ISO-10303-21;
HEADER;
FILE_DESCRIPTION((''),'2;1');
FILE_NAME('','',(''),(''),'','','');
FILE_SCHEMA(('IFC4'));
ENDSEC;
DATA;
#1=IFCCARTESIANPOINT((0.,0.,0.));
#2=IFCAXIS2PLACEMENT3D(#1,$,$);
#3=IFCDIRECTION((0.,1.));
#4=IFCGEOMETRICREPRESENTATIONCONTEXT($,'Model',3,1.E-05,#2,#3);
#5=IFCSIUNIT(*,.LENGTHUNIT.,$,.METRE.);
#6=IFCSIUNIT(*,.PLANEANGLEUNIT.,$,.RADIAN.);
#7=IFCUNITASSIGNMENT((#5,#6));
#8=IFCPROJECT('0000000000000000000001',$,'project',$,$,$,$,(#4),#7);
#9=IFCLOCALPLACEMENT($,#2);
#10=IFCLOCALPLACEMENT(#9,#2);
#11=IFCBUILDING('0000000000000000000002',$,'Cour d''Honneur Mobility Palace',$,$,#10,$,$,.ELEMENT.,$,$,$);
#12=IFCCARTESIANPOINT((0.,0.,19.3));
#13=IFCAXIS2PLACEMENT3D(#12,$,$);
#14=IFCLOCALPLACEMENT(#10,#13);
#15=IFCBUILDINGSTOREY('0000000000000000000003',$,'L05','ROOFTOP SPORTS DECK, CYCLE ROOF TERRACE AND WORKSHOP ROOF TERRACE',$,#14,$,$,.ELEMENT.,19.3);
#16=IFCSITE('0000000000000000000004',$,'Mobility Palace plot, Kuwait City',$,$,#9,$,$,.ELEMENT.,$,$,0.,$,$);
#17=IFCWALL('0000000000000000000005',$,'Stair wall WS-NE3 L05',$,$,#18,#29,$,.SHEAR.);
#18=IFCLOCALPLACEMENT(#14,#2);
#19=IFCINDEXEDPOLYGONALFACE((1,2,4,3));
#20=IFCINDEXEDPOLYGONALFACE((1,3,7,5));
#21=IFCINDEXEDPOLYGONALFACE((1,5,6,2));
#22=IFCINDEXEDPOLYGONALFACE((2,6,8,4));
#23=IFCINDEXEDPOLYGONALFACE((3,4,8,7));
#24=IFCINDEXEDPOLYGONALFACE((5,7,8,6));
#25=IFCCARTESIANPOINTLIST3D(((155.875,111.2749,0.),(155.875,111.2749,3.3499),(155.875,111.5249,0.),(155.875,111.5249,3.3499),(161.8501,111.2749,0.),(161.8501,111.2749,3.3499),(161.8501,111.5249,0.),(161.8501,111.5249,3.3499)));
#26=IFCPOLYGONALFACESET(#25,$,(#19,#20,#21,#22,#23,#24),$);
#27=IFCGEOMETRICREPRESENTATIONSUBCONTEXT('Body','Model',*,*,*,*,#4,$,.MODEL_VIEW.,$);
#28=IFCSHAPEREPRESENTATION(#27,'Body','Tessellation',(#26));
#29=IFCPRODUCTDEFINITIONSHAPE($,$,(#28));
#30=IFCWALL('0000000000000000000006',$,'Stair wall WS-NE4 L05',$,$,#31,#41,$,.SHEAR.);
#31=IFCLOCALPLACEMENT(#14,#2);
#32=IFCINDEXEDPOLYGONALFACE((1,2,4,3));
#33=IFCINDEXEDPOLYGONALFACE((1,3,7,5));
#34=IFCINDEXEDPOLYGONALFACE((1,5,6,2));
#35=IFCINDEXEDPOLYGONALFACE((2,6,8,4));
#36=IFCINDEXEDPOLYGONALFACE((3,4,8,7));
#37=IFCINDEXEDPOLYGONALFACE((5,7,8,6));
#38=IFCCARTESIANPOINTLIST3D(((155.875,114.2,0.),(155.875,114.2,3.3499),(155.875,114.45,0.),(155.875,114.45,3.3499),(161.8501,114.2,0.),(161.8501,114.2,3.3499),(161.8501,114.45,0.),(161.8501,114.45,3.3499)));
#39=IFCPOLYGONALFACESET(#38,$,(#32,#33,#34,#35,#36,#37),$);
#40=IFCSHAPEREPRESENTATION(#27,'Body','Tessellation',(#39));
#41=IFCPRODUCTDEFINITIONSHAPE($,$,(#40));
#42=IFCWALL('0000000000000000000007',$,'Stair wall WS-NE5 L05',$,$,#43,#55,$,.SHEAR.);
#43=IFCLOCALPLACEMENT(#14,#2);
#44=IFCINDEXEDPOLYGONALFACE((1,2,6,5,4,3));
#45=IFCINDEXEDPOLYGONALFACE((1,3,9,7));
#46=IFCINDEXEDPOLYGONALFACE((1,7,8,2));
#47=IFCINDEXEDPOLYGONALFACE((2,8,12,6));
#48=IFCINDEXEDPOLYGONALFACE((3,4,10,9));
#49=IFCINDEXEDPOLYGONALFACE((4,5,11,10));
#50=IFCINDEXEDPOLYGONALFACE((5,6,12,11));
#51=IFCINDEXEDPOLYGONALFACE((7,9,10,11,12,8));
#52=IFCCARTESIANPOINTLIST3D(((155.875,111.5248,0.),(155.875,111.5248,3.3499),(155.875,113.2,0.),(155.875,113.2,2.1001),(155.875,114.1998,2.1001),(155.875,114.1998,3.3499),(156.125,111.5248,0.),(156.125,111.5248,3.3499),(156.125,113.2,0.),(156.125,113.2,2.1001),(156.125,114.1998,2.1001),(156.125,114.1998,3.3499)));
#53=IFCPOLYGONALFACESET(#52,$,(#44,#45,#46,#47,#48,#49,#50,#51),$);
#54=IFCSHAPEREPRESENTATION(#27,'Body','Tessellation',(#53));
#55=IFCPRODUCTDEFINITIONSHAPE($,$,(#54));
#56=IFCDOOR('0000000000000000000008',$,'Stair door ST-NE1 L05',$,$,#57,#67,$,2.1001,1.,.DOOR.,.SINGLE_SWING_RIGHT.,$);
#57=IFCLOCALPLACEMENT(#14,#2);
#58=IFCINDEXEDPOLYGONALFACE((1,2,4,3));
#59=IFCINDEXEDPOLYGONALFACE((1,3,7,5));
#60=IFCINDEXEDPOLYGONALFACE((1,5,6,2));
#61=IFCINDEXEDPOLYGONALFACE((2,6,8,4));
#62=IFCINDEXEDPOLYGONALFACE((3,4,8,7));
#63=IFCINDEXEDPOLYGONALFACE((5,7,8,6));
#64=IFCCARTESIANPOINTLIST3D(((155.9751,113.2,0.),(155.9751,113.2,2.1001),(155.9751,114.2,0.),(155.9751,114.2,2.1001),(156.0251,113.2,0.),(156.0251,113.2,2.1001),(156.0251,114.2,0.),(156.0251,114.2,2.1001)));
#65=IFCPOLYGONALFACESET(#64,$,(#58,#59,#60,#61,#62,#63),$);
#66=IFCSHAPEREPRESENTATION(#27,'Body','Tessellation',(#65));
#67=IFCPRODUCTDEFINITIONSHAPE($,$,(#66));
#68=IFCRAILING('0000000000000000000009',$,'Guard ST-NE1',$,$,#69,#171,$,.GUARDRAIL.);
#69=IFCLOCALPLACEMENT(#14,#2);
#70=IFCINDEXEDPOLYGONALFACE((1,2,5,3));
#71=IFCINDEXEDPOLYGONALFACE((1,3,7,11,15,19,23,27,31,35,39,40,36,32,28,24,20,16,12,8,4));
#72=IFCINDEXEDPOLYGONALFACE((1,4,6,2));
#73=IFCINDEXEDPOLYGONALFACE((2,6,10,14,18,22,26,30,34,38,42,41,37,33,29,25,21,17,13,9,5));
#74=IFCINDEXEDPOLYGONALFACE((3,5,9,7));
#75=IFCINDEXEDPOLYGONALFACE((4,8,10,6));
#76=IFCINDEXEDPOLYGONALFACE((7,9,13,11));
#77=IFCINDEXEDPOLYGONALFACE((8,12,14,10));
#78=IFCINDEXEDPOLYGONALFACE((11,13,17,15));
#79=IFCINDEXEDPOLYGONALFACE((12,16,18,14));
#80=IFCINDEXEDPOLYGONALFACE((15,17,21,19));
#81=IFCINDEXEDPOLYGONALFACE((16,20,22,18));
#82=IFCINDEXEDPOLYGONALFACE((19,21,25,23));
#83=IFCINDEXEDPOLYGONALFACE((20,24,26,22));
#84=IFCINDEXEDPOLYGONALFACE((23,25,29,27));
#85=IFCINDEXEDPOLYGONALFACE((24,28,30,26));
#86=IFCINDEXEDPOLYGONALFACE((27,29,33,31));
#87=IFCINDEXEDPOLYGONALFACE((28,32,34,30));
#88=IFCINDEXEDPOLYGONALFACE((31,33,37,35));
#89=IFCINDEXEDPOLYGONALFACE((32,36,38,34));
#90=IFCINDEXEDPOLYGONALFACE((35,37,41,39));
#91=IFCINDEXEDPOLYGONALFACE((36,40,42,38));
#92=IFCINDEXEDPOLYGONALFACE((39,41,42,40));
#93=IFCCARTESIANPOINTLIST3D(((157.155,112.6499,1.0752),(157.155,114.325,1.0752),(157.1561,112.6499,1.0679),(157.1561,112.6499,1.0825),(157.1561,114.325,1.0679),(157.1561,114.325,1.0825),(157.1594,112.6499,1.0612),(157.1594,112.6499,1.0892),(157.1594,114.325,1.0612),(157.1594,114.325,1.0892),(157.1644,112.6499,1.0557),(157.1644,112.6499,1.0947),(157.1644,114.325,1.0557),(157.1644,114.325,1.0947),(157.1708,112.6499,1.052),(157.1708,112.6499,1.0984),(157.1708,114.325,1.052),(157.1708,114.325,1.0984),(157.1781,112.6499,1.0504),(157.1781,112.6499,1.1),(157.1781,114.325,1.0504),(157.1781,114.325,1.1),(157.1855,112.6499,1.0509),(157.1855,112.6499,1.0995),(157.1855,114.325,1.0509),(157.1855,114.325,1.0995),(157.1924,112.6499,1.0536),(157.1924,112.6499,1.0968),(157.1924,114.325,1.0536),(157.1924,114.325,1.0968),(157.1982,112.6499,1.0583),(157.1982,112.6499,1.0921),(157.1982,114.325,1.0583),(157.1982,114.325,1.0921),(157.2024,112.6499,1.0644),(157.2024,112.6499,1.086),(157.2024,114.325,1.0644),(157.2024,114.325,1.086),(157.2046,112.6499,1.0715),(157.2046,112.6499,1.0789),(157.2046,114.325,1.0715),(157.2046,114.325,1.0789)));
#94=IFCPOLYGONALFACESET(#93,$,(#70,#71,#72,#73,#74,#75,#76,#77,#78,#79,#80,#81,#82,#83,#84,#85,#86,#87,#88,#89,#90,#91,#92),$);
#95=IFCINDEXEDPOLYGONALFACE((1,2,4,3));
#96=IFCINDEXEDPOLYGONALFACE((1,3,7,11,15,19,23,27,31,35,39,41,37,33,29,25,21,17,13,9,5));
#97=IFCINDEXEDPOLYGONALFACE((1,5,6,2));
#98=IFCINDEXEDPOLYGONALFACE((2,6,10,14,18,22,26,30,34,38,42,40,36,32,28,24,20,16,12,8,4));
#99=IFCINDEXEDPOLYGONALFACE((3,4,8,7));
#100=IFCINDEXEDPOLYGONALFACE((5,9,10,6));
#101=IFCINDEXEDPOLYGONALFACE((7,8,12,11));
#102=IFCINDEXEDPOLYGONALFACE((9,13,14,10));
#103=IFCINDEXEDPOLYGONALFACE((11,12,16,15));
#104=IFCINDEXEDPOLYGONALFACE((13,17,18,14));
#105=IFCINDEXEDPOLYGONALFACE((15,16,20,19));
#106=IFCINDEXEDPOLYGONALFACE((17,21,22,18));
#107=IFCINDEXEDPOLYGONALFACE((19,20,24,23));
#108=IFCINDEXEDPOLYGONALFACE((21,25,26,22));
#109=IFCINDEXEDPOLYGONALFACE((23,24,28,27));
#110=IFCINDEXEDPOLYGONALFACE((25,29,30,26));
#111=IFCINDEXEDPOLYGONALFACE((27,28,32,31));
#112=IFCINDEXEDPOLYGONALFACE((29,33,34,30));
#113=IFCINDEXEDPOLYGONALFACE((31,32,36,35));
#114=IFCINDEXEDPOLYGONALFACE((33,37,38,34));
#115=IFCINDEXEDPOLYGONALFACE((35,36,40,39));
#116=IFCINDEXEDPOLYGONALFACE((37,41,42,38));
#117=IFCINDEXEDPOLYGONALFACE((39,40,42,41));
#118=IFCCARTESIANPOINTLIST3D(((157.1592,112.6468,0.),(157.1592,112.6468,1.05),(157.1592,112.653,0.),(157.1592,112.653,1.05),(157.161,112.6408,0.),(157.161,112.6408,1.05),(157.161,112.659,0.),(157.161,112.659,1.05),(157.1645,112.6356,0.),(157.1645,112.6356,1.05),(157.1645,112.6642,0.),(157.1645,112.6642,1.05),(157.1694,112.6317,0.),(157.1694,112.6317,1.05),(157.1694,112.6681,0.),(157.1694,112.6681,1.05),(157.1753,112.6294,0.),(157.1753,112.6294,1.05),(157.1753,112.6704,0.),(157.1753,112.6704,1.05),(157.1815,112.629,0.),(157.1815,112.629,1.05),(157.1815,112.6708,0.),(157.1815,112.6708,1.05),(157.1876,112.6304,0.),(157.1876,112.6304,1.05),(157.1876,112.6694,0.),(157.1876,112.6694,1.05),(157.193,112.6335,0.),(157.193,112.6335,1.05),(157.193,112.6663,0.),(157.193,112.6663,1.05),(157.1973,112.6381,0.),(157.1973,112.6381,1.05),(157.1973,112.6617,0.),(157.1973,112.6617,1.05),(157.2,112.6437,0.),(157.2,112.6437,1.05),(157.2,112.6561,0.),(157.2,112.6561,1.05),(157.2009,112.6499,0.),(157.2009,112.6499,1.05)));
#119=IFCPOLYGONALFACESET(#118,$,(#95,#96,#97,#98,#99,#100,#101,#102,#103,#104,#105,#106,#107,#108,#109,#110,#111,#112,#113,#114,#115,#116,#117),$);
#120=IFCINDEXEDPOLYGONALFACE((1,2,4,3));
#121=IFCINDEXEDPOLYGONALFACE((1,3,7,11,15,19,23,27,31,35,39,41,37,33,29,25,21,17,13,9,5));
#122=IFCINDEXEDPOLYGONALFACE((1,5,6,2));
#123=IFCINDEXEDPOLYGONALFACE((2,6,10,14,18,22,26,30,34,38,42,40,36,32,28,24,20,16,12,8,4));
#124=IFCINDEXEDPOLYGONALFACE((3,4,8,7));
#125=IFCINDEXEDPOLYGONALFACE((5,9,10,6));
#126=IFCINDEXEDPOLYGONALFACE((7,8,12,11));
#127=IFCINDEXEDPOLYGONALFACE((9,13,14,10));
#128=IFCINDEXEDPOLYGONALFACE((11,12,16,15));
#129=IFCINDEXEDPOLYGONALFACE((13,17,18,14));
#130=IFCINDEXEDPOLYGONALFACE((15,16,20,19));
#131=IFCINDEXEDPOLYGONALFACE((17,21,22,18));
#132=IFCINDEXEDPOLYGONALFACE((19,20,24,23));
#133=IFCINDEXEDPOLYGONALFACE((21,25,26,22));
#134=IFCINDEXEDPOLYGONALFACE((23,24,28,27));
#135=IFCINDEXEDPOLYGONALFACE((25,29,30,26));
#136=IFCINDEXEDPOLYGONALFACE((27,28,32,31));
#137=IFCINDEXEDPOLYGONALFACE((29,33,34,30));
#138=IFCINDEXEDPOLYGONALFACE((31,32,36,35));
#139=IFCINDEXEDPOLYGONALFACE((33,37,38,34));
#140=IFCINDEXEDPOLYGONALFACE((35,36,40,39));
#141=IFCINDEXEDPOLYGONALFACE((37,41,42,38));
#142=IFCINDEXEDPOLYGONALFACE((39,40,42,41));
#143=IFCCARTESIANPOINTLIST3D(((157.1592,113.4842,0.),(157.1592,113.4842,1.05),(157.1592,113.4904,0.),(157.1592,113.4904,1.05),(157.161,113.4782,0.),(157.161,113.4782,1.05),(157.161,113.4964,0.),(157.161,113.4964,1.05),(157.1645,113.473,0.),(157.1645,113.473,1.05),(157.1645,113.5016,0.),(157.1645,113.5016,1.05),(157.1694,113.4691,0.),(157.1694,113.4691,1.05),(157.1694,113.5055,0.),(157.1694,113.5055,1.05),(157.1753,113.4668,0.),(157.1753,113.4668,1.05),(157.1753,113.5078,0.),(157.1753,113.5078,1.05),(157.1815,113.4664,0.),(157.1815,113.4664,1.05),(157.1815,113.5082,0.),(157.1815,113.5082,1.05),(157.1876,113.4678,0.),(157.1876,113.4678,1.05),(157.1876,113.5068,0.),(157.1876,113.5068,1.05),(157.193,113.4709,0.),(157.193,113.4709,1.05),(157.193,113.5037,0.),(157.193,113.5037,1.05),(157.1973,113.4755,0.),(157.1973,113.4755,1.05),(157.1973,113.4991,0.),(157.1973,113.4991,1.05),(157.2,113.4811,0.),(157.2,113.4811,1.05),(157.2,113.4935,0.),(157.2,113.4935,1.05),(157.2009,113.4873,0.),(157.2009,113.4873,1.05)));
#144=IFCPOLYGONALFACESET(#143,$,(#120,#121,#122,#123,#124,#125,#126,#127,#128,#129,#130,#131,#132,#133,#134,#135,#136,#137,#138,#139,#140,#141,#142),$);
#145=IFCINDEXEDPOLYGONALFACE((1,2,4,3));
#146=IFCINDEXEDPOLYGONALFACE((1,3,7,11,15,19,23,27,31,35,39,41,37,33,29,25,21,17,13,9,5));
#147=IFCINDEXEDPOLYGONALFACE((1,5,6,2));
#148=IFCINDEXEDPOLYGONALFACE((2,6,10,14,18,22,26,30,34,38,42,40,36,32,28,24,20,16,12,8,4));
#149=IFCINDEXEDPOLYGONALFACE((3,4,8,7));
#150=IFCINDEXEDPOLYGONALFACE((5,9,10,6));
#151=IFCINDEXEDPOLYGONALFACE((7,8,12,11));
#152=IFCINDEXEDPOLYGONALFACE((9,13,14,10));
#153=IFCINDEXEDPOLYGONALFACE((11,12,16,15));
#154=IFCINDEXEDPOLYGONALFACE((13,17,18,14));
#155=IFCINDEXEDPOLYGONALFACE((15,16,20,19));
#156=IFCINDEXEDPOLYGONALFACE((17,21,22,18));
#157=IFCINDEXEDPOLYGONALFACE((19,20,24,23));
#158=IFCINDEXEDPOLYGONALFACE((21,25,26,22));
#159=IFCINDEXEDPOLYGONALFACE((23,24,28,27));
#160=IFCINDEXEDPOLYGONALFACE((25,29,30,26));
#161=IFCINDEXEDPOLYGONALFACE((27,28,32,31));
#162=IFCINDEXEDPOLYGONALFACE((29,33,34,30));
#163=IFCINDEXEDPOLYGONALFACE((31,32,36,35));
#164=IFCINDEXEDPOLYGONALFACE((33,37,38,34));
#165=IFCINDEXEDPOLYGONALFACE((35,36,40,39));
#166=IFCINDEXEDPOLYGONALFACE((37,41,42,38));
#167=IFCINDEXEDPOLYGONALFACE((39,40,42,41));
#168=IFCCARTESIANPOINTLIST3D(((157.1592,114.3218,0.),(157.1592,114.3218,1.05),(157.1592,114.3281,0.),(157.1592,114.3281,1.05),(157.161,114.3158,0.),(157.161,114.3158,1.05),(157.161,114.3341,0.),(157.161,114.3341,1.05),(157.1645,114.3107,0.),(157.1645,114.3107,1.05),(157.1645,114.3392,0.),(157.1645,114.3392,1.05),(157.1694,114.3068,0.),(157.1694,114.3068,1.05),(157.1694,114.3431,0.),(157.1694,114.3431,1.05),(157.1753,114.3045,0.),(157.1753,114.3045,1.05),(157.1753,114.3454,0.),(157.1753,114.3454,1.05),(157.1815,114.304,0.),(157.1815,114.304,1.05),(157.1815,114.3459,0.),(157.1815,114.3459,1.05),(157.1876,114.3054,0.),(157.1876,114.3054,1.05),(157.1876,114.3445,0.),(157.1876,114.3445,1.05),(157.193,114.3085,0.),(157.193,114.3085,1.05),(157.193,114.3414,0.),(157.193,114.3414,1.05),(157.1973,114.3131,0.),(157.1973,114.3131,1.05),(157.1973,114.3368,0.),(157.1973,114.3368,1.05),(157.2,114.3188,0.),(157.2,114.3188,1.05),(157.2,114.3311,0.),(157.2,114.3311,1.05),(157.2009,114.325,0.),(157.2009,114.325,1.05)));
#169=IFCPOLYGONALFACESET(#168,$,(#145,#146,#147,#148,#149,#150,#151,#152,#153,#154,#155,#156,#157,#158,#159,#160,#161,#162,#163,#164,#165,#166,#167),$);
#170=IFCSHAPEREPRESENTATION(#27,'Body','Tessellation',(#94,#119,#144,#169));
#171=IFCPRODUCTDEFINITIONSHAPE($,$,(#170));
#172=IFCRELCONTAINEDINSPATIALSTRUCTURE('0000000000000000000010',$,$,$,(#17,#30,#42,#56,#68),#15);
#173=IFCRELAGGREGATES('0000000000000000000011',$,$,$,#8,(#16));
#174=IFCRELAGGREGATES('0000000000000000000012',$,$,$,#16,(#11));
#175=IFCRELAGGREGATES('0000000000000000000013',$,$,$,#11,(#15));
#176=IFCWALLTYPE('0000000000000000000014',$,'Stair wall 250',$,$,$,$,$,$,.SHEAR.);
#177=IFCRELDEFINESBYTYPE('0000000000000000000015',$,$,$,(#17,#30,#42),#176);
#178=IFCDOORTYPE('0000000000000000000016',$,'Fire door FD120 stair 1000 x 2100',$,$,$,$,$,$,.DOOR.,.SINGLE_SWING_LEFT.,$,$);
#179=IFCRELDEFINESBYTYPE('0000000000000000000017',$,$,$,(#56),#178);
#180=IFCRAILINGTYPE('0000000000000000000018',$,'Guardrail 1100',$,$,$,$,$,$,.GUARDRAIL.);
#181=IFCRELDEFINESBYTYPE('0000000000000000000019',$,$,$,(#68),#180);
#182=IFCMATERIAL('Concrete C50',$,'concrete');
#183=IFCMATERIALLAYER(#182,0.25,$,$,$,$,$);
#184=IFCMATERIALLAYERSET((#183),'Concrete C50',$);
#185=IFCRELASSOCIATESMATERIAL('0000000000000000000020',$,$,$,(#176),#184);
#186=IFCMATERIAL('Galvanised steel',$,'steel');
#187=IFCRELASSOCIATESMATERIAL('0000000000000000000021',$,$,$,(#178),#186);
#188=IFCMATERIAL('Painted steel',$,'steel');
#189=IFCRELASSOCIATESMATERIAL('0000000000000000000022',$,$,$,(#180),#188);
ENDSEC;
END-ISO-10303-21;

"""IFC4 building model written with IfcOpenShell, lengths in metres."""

from ifc_helpers import new_model, si_unit, direction, frame, frame_2d, origin, origin_2d, place, context, subcontext, project, spatial, rectangle, circle, extrude, material, layer, layer_set, type_object, element, fill, save


model = new_model("IFC4")

# Units and contexts
model_context = context("Model", 3, precision=1e-05, world=origin(), true_north=direction((0.0, 1.0)))
body_context = subcontext(model_context, "Body", "Model", "MODEL_VIEW")
ifc_project = project(units=[si_unit("LENGTHUNIT", "METRE"), si_unit("PLANEANGLEUNIT", "RADIAN")], contexts=[model_context])

# Site, building, storey
site_placement = place(None, origin())
site = spatial("IfcSite", under=ifc_project, at=site_placement, Name="Mobility Palace plot, Kuwait City", CompositionType="ELEMENT", RefElevation=0.0)
building_placement = place(site_placement, origin())
building = spatial("IfcBuilding", under=site, at=building_placement, Name="Cour d'Honneur Mobility Palace", CompositionType="ELEMENT")
storey_placement = place(building_placement, frame((0.0, 0.0, 19.3)))
storey = spatial("IfcBuildingStorey", under=building, at=storey_placement, Name="L05", Description="ROOFTOP SPORTS DECK, CYCLE ROOF TERRACE AND WORKSHOP ROOF TERRACE", CompositionType="ELEMENT", Elevation=19.3)

# Walls
ifc_material_1 = material(Name="Concrete C50", Category="concrete")
ifc_layer_1 = layer(ifc_material_1, 0.25)
ifc_layer_set_1 = layer_set([ifc_layer_1], Name="Concrete C50")
wall_type_1 = type_object("IfcWallType", Name="Stair wall 250", PredefinedType="SHEAR", material=ifc_layer_set_1)
for number, where, z_axis, x_axis, name in (
    (1, (155.875, 111.3999, 0.0), (0.0, 0.0, 1.0), (1.0, 0.0, 0.0), "Stair wall WS-NE3 L05"),
    (2, (155.875, 114.325, 0.0), (0.0, 0.0, 1.0), (1.0, 0.0, 0.0), "Stair wall WS-NE4 L05"),
):
    element("IfcWall", number, at=place(storey_placement, frame(where, z_axis=z_axis, x_axis=x_axis)), inside=storey, type_object=wall_type_1, Name=name, PredefinedType="SHEAR", context=body_context, shape_type="SweptSolid", body=[
        extrude(rectangle(XDim=5.9751, YDim=0.25, at=frame_2d((2.9875, 0.0))), origin(), (0.0, 0.0, 1.0), 3.3499),
    ])

# Wall, opening, door
wall_1_placement = place(storey_placement, frame((156.0, 111.5249, 0.0), z_axis=(0.0, 0.0, 1.0), x_axis=(0.0, 1.0, 0.0)))
wall_1 = element("IfcWall", 3, at=wall_1_placement, inside=storey, type_object=wall_type_1, Name="Stair wall WS-NE5 L05", PredefinedType="SHEAR", context=body_context, shape_type="SweptSolid", body=[
    extrude(rectangle(XDim=2.675, YDim=0.25, at=frame_2d((1.3374, 0.0))), origin(), (0.0, 0.0, 1.0), 3.3499),
])
opening_1_placement = place(wall_1_placement, frame((1.675, 0.0, 0.0)))
opening_1 = element("IfcOpeningElement", 4, at=opening_1_placement, cuts=wall_1, PredefinedType="OPENING", context=body_context, shape_type="SweptSolid", body=[
    extrude(rectangle(XDim=1.0, YDim=2.1001, at=frame_2d((0.5, 1.05))), frame((0.0, 0.135, 0.0), z_axis=(0.0, -1.0, 0.0), x_axis=(1.0, 0.0, 0.0)), (0.0, 0.0, 1.0), 0.27),
])
ifc_material_2 = material(Name="Galvanised steel", Category="steel")
door_type_1 = type_object("IfcDoorType", Name="Fire door FD120 stair 1000 x 2100", OperationType="SINGLE_SWING_LEFT", PredefinedType="DOOR", material=ifc_material_2)
door_1_placement = place(opening_1_placement, origin())
door_1 = element("IfcDoor", 5, at=door_1_placement, inside=storey, type_object=door_type_1, Name="Stair door ST-NE1 L05", OperationType="SINGLE_SWING_RIGHT", OverallHeight=2.1001, OverallWidth=1.0, PredefinedType="DOOR", context=body_context, shape_type="SweptSolid", body=[
    extrude(rectangle(XDim=1.0, YDim=2.1001, at=frame_2d((0.5, 1.05))), frame((0.0, 0.0249, 0.0), z_axis=(0.0, -1.0, 0.0), x_axis=(1.0, 0.0, 0.0)), (0.0, 0.0, 1.0), 0.05),
])
fill(opening_1, door_1)

# Railing
ifc_material_3 = material(Name="Painted steel", Category="steel")
railing_type_1 = type_object("IfcRailingType", Name="Guardrail 1100", PredefinedType="GUARDRAIL", material=ifc_material_3)
railing_1_placement = place(storey_placement, frame((157.1799, 112.6499, 0.0)))
element("IfcRailing", 6, at=railing_1_placement, inside=storey, type_object=railing_type_1, Name="Guard ST-NE1", PredefinedType="GUARDRAIL", context=body_context, shape_type="SweptSolid", body=[
    extrude(circle(Radius=0.0249, at=origin_2d()), frame((0.0, 0.0, 1.0752), z_axis=(0.0, 1.0, 0.0), x_axis=(-1.0, 0.0, 0.0)), (0.0, 0.0, 1.0), 1.675),
    extrude(circle(Radius=0.021, at=origin_2d()), origin(), (0.0, 0.0, 1.0), 1.05),
    extrude(circle(Radius=0.021, at=origin_2d()), frame((0.0, 0.8374, 0.0)), (0.0, 0.0, 1.0), 1.05),
    extrude(circle(Radius=0.021, at=origin_2d()), frame((0.0, 1.675, 0.0)), (0.0, 0.0, 1.0), 1.05),
])

save(model, "model.ifc")
